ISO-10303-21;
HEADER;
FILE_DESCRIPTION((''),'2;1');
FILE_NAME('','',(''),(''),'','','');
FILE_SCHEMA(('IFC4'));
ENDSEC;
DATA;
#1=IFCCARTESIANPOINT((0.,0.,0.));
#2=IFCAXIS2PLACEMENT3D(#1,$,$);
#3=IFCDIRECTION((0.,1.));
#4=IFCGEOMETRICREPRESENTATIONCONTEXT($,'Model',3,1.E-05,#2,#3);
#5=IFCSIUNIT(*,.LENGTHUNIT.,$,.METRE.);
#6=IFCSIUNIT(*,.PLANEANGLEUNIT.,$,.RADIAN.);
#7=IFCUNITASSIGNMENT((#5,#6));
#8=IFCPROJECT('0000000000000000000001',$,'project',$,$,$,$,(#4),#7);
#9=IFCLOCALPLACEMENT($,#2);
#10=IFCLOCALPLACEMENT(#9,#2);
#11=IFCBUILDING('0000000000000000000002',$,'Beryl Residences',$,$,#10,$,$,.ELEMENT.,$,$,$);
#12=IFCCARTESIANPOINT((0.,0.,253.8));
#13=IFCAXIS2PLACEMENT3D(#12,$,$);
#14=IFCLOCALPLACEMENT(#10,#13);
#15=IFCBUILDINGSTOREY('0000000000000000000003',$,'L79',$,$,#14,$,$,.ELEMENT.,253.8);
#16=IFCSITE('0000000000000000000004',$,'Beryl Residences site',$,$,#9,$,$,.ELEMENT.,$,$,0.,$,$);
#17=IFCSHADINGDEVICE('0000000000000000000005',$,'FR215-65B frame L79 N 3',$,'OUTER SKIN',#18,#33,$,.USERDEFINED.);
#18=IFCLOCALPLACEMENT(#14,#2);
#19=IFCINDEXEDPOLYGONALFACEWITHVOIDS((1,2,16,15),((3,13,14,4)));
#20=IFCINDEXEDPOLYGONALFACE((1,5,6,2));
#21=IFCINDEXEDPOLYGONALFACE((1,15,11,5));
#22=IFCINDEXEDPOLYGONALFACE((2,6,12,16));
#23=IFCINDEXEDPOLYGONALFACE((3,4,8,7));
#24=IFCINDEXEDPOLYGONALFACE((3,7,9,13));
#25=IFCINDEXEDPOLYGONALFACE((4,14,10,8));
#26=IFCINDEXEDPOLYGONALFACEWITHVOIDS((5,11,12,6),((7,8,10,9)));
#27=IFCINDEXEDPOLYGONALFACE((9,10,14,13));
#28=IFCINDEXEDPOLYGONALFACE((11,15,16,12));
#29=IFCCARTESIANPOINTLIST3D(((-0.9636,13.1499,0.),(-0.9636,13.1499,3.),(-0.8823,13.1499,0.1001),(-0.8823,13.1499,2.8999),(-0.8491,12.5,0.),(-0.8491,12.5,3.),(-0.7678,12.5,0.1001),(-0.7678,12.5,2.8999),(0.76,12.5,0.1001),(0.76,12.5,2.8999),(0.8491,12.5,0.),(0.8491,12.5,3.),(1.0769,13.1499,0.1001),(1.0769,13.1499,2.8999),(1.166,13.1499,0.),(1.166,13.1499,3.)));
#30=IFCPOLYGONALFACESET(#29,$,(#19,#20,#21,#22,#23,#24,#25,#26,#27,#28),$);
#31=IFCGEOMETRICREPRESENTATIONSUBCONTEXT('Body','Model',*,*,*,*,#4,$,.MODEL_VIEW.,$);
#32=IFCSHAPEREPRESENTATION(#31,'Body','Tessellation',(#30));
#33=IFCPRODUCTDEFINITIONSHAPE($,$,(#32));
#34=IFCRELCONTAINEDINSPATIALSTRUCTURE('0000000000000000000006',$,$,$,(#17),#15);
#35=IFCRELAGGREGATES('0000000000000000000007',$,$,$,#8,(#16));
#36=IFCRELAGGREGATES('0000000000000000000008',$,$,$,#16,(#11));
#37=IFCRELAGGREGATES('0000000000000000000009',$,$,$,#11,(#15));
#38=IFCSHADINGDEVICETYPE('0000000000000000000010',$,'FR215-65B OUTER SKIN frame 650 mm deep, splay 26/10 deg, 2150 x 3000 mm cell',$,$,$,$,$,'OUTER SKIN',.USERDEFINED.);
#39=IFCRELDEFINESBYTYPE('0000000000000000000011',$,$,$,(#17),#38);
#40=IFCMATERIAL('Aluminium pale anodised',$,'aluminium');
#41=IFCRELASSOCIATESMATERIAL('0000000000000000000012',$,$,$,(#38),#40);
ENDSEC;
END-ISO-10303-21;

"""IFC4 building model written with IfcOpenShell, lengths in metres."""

from ifc_helpers import new_model, entity, si_unit, direction, frame, origin, place, context, subcontext, project, spatial, source, transform, mapped, material, type_object, type_shapes, element, save


model = new_model("IFC4")

# Units and contexts
model_context = context("Model", 3, precision=1e-05, world=origin(), true_north=direction((0.0, 1.0)))
body_context = subcontext(model_context, "Body", "Model", "MODEL_VIEW")
ifc_project = project(units=[si_unit("LENGTHUNIT", "METRE"), si_unit("PLANEANGLEUNIT", "RADIAN")], contexts=[model_context])

# Site, building, storey
site_placement = place(None, origin())
site = spatial("IfcSite", under=ifc_project, at=site_placement, Name="Beryl Residences site", CompositionType="ELEMENT", RefElevation=0.0)
building_placement = place(site_placement, origin())
building = spatial("IfcBuilding", under=site, at=building_placement, Name="Beryl Residences", CompositionType="ELEMENT")
storey_placement = place(building_placement, frame((0.0, 0.0, 253.8)))
storey = spatial("IfcBuildingStorey", under=building, at=storey_placement, Name="L79", CompositionType="ELEMENT", Elevation=253.8)

# Shading device
ifc_material_1 = material(Name="Aluminium pale anodised", Category="aluminium")
shading_device_type_1 = type_object("IfcShadingDeviceType", Name="FR215-65B OUTER SKIN frame 650 mm deep, splay 26/10 deg, 2150 x 3000 mm cell", ElementType="OUTER SKIN", PredefinedType="USERDEFINED", material=ifc_material_1)
cartesian_point_1 = entity("IfcCartesianPoint", [-0.8491, 0.0])
cartesian_point_2 = entity("IfcCartesianPoint", [-0.76, 0.1001])
cartesian_point_3 = entity("IfcCartesianPoint", [-1.166, 0.0])
cartesian_point_4 = entity("IfcCartesianPoint", [-1.0769, 0.1001])
shared_shape_1 = source(origin(), body_context, "Body", "SweptSolid", [
    entity("IfcExtrudedAreaSolidTapered", entity("IfcArbitraryProfileDefWithVoids", "AREA", None, entity("IfcPolyline", [cartesian_point_1, entity("IfcCartesianPoint", [0.8491, 0.0]), entity("IfcCartesianPoint", [0.8491, 3.0]), entity("IfcCartesianPoint", [-0.8491, 3.0]), cartesian_point_1]), [entity("IfcPolyline", [cartesian_point_2, entity("IfcCartesianPoint", [0.7678, 0.1001]), entity("IfcCartesianPoint", [0.7678, 2.8999]), entity("IfcCartesianPoint", [-0.76, 2.8999]), cartesian_point_2])]), entity("IfcAxis2Placement3D", entity("IfcCartesianPoint", [0.0, 0.0, 0.0]), entity("IfcDirection", [0.0, 1.0, 0.0]), entity("IfcDirection", [-1.0, 0.0, 0.0])), entity("IfcDirection", [0.0, 0.0, 1.0]), 0.6499, entity("IfcArbitraryProfileDefWithVoids", "AREA", None, entity("IfcPolyline", [cartesian_point_3, entity("IfcCartesianPoint", [0.9636, 0.0]), entity("IfcCartesianPoint", [0.9636, 3.0]), entity("IfcCartesianPoint", [-1.166, 3.0]), cartesian_point_3]), [entity("IfcPolyline", [cartesian_point_4, entity("IfcCartesianPoint", [0.8823, 0.1001]), entity("IfcCartesianPoint", [0.8823, 2.8999]), entity("IfcCartesianPoint", [-1.0769, 2.8999]), cartesian_point_4])])),
])
type_shapes(shading_device_type_1, [shared_shape_1])
for number, where, z_axis, x_axis, name in (
    (1, (0.0, 12.5, 0.0), (0.0, 0.0, 1.0), (1.0, 0.0, 0.0), "FR215-65B frame L79 N 3"),
):
    element("IfcShadingDevice", number, at=place(storey_placement, frame(where, z_axis=z_axis, x_axis=x_axis)), inside=storey, type_object=shading_device_type_1, Name=name, ObjectType="OUTER SKIN", PredefinedType="USERDEFINED", context=body_context, shape_type="MappedRepresentation", body=[
        mapped(shared_shape_1, transform((0.0, 0.0, 0.0))),
    ])

save(model, "model.ifc")
